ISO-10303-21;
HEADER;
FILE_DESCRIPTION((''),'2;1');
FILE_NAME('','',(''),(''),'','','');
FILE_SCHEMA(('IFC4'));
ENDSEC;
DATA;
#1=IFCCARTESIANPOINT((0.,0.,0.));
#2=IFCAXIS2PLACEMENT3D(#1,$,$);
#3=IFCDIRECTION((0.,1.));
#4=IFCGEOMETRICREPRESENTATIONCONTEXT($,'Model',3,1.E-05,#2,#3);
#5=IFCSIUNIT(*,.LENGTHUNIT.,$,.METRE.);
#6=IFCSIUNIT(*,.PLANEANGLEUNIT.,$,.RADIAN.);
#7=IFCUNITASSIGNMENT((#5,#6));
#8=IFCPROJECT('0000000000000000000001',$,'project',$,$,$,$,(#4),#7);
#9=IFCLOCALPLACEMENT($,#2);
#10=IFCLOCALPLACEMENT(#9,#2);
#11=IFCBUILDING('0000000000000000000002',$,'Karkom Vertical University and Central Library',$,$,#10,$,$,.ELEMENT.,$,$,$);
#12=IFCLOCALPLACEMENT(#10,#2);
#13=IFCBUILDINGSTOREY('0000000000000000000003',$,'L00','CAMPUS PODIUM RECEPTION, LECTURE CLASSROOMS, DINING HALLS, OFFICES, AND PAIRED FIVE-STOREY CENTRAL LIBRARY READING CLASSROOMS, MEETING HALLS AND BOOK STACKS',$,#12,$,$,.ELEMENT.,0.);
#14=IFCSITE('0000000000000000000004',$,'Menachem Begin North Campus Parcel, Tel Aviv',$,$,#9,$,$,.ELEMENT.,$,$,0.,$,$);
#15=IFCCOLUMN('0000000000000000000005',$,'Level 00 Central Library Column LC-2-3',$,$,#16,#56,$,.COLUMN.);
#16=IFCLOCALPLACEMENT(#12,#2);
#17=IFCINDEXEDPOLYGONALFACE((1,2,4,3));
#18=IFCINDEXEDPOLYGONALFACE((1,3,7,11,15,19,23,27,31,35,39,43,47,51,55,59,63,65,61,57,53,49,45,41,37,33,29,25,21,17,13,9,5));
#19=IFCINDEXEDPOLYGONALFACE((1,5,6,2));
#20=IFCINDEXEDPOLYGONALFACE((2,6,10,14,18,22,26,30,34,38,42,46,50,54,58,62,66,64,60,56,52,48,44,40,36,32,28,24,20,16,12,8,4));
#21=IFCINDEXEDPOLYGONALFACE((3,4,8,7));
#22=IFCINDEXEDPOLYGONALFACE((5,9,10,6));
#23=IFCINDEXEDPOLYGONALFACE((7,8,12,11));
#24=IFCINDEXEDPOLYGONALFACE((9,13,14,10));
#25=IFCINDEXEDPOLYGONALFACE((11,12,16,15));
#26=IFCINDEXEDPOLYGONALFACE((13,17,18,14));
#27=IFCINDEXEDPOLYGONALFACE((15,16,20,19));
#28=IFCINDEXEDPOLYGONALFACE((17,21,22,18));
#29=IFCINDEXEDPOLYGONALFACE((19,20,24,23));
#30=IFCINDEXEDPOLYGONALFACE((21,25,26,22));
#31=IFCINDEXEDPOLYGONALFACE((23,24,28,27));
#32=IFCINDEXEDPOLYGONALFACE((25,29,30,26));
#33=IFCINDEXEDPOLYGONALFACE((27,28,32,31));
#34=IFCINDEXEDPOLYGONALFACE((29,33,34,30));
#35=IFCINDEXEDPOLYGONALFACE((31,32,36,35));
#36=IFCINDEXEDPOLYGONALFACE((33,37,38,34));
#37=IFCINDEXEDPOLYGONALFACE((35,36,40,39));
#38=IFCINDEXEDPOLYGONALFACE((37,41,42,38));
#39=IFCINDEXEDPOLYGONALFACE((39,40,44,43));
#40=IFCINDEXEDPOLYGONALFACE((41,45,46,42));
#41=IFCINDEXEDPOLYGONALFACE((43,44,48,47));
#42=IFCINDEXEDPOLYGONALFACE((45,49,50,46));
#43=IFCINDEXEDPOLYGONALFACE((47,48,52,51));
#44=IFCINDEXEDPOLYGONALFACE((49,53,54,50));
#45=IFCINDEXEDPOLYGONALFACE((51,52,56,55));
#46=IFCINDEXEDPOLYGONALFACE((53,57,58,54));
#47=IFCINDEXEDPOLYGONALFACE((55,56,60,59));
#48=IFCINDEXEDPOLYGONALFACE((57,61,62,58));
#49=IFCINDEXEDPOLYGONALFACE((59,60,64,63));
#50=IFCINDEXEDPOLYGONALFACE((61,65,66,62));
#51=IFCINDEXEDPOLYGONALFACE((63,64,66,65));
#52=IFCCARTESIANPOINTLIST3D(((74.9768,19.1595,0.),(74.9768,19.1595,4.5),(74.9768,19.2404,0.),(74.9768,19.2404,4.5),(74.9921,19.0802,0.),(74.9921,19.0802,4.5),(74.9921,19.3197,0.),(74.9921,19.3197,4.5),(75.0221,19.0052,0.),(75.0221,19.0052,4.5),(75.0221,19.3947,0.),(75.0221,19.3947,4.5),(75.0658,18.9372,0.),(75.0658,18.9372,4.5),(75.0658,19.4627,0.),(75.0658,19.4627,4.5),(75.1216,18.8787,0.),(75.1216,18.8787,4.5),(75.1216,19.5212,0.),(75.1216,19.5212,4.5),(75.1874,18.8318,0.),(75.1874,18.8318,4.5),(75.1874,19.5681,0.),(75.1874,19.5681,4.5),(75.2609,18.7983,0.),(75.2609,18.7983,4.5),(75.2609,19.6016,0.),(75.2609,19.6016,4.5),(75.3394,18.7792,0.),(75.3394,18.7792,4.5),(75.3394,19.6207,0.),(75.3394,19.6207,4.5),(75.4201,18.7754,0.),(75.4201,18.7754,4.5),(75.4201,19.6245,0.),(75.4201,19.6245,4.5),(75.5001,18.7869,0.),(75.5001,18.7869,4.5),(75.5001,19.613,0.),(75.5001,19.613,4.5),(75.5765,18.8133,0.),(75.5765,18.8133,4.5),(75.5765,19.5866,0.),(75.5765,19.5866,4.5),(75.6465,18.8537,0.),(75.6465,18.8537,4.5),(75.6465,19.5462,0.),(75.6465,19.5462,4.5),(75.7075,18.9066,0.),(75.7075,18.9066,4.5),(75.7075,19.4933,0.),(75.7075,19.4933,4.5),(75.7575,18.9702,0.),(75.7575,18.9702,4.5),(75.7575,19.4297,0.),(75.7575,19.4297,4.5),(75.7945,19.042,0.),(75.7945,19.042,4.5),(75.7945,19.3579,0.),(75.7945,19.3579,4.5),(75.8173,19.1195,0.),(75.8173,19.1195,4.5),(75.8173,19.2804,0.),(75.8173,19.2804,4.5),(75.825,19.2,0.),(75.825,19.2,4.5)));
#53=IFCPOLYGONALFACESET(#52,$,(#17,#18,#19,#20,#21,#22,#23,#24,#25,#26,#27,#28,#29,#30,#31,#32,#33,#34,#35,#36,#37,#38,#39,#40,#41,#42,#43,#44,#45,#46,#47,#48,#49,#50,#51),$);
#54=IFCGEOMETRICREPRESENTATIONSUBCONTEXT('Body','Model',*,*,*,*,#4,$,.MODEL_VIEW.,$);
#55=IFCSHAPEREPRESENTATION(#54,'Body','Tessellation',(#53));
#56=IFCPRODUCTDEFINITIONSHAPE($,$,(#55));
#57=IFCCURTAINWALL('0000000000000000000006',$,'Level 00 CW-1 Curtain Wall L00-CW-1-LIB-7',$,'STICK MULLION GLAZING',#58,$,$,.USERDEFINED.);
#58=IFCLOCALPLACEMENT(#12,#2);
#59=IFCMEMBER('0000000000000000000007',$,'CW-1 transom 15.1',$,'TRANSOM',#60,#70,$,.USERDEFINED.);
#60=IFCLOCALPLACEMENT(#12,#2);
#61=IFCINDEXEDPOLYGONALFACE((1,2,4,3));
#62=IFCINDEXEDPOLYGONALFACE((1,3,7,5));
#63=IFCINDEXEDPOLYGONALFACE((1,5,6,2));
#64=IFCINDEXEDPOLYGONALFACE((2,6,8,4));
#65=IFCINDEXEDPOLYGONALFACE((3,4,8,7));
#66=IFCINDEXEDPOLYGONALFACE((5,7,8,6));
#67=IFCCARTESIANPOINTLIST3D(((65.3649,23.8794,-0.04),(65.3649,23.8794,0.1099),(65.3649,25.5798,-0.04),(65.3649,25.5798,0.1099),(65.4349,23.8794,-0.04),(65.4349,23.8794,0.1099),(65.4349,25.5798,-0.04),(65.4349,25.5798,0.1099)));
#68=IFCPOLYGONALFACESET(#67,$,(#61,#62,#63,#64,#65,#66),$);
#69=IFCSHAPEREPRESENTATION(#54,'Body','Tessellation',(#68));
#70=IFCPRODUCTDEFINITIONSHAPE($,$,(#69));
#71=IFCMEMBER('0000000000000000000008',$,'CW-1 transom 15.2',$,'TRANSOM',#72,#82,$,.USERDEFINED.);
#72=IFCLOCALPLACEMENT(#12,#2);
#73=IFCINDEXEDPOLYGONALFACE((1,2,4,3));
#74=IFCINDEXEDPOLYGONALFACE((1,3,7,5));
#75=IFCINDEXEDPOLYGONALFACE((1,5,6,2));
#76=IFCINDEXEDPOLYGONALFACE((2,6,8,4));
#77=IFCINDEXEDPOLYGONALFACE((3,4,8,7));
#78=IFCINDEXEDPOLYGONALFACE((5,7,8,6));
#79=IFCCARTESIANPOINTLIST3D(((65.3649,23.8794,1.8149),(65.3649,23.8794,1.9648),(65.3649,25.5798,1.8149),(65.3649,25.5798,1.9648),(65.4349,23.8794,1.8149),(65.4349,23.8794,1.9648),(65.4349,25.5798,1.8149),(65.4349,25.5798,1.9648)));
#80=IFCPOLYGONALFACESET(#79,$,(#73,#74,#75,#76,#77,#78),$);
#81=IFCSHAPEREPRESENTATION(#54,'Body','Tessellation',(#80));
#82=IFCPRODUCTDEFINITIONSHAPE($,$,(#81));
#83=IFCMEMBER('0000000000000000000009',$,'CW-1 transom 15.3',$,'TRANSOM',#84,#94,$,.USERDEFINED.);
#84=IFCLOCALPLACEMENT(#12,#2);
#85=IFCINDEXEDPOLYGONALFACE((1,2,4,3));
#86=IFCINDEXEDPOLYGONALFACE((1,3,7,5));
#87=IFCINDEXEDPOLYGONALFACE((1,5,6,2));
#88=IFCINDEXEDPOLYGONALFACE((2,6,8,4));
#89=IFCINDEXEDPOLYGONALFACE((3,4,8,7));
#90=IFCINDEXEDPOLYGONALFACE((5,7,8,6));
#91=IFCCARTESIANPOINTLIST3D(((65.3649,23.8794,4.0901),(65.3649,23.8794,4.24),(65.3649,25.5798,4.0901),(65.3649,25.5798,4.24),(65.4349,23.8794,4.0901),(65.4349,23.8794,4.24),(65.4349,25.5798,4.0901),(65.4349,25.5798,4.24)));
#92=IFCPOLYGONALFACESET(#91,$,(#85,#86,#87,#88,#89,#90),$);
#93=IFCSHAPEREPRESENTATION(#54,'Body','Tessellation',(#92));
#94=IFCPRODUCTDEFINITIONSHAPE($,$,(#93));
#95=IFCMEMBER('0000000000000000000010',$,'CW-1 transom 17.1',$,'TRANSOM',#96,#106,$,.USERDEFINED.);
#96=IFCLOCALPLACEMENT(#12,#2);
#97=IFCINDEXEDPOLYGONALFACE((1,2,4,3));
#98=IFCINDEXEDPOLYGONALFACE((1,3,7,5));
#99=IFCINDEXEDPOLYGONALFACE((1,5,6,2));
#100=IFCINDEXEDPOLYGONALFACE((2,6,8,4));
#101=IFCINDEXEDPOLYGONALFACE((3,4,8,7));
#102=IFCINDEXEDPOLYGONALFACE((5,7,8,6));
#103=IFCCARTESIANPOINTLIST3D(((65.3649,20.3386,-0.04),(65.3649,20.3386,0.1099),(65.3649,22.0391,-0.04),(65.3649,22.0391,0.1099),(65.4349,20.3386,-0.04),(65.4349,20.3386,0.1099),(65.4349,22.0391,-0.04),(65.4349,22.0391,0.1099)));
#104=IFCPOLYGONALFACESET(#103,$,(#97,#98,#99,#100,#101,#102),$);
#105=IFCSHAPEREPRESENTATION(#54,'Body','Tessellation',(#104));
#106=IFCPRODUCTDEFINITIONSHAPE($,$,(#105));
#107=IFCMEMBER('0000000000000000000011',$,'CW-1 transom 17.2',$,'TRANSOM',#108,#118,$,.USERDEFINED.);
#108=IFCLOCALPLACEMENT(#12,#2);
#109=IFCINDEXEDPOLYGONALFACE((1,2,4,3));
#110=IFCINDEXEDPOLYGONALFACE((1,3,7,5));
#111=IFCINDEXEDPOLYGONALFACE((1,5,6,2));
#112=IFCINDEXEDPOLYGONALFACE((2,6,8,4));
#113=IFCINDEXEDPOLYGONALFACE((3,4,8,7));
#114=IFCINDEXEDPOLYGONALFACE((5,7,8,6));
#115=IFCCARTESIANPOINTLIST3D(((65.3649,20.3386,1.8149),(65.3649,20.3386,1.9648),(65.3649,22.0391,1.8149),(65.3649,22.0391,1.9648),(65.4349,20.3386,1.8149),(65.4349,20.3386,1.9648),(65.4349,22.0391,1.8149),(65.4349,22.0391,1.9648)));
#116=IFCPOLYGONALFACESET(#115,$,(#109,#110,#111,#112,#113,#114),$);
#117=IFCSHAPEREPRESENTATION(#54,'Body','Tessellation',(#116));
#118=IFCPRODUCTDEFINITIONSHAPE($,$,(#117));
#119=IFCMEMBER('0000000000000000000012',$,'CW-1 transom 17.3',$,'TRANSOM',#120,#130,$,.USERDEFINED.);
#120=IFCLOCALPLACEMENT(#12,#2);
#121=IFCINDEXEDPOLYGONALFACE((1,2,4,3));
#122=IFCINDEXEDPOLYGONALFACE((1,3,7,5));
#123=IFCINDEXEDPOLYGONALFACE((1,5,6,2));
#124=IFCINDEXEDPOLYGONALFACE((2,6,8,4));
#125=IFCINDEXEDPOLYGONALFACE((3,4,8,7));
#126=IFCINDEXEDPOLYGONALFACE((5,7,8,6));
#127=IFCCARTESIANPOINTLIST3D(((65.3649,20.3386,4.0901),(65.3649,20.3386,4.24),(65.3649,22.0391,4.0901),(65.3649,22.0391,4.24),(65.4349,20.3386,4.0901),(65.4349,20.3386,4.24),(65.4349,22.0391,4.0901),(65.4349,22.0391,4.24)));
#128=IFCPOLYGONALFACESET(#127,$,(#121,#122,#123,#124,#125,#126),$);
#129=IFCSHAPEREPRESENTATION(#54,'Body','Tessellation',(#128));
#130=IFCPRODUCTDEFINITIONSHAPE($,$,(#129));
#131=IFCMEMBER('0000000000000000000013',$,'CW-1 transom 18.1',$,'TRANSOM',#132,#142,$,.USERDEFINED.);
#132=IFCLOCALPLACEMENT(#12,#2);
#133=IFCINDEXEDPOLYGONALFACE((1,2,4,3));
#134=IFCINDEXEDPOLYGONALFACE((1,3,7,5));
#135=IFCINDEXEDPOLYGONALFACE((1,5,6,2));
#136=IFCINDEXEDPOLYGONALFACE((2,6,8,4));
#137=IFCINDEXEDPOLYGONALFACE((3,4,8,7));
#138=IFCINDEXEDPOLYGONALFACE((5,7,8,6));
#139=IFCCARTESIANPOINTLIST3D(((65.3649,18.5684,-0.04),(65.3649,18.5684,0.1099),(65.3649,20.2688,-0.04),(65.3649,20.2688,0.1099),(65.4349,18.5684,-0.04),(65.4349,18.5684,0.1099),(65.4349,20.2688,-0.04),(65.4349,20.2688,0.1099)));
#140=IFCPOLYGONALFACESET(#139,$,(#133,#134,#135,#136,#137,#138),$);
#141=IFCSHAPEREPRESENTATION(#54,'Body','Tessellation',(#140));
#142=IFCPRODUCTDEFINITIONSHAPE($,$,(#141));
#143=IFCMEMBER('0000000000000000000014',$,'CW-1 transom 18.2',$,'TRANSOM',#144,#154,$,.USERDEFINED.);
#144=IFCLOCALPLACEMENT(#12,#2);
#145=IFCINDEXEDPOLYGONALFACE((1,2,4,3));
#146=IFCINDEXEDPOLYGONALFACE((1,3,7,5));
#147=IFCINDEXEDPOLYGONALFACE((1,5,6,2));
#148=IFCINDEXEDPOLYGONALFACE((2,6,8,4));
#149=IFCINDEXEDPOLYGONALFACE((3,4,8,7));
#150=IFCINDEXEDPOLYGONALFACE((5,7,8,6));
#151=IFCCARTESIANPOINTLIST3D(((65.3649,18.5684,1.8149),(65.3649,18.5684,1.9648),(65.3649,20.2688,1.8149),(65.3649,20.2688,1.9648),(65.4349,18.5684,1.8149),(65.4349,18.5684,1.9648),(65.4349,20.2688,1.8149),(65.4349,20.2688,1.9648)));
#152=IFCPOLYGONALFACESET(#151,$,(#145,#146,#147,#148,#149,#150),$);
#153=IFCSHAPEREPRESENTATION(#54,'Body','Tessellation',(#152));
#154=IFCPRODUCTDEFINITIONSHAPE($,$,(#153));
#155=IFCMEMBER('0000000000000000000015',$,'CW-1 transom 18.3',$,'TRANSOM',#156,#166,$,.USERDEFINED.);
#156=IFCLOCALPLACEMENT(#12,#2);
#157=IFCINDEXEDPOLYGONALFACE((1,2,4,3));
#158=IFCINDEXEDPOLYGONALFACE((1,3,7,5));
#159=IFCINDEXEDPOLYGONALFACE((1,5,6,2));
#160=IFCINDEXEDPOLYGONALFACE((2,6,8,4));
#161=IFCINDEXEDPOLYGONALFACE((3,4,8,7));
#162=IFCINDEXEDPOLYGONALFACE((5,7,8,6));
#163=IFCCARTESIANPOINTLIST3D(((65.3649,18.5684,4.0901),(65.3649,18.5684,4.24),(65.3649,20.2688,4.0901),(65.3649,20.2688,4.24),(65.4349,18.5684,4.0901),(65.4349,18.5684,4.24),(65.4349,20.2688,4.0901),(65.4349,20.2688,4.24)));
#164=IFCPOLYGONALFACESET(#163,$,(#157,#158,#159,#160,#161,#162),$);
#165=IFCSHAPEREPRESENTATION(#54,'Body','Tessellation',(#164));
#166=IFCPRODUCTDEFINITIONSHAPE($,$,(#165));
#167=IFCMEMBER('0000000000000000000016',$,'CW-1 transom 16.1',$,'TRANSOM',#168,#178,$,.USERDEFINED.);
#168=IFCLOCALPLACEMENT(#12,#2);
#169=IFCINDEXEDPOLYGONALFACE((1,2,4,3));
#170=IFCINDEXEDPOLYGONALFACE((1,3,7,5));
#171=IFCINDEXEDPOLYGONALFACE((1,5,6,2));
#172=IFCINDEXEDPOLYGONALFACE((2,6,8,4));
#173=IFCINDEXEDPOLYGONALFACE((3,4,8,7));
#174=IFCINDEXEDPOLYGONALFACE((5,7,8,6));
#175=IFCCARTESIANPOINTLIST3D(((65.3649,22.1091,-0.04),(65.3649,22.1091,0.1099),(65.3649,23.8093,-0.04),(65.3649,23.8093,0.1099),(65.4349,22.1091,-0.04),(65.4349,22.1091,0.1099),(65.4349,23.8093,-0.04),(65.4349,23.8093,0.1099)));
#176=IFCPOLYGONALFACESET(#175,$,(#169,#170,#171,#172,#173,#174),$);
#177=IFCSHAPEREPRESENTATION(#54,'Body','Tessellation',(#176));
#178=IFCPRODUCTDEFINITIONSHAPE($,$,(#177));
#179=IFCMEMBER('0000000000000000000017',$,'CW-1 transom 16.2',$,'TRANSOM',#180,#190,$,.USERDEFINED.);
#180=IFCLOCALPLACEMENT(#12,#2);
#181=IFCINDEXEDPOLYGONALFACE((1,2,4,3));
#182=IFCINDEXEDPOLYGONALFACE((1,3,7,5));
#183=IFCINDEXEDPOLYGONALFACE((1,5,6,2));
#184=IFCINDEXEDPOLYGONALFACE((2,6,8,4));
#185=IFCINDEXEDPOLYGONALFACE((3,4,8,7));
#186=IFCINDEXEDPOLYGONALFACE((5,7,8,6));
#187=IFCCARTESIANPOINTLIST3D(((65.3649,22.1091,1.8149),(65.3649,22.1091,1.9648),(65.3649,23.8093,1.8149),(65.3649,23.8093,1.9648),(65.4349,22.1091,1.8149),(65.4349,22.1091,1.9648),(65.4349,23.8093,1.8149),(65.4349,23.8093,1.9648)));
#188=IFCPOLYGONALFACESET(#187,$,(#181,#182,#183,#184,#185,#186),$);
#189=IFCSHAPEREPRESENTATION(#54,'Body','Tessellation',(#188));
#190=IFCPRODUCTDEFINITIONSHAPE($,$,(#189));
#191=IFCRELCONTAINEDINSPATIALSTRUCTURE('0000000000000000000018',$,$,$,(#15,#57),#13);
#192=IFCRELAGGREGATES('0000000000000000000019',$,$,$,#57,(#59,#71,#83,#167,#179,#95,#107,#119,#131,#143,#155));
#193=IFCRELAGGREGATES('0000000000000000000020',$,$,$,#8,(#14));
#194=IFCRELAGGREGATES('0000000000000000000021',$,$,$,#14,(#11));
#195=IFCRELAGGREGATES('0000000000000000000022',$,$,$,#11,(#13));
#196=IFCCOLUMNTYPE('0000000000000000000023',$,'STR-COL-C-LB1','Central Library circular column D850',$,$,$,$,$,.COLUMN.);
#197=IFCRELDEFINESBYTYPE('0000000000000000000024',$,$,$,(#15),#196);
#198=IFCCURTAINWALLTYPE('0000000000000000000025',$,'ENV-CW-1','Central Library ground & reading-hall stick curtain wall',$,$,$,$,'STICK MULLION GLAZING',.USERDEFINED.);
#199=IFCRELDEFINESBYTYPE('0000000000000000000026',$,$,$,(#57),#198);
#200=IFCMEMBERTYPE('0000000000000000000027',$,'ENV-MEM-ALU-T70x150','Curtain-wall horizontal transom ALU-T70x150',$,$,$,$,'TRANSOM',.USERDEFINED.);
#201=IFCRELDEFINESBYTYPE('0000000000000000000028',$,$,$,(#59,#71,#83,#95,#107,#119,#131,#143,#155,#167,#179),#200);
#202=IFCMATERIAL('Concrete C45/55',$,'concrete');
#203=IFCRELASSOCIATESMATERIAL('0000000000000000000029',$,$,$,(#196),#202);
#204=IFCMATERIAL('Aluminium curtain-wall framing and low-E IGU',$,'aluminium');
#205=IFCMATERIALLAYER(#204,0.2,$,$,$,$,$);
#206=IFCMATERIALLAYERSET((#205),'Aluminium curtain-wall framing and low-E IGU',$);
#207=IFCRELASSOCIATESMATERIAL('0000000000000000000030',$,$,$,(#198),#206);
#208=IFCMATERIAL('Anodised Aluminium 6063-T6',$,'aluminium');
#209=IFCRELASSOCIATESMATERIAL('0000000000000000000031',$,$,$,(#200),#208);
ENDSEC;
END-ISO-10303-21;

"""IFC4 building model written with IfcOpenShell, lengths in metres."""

from ifc_helpers import new_model, si_unit, direction, frame, origin, origin_with_axes, origin_2d, place, context, subcontext, project, spatial, rectangle, circle, extrude, source, transform, mapped, material, layer, layer_set, material_profile, profile_set, type_object, element, aggregate, save


model = new_model("IFC4")

# Units and contexts
model_context = context("Model", 3, precision=1e-05, world=origin(), true_north=direction((0.0, 1.0)))
body_context = subcontext(model_context, "Body", "Model", "MODEL_VIEW")
ifc_project = project(units=[si_unit("LENGTHUNIT", "METRE"), si_unit("PLANEANGLEUNIT", "RADIAN")], contexts=[model_context])

# Site, building, storey
site_placement = place(None, origin())
site = spatial("IfcSite", under=ifc_project, at=site_placement, Name="Menachem Begin North Campus Parcel, Tel Aviv", CompositionType="ELEMENT", RefElevation=0.0)
building_placement = place(site_placement, origin())
building = spatial("IfcBuilding", under=site, at=building_placement, Name="Karkom Vertical University and Central Library", CompositionType="ELEMENT")
storey_placement = place(building_placement, origin())
storey = spatial("IfcBuildingStorey", under=building, at=storey_placement, Name="L00", Description="CAMPUS PODIUM RECEPTION, LECTURE CLASSROOMS, DINING HALLS, OFFICES, AND PAIRED FIVE-STOREY CENTRAL LIBRARY READING CLASSROOMS, MEETING HALLS AND BOOK STACKS", CompositionType="ELEMENT", Elevation=0.0)

# Column
ifc_material_1 = material(Name="Concrete C45/55", Category="concrete")
ifc_material_profile_1 = material_profile(ifc_material_1, circle(Radius=0.425, at=origin_2d()), Name="RC-D850")
ifc_profile_set_1 = profile_set([ifc_material_profile_1], Name="Concrete C45/55")
column_type = type_object("IfcColumnType", Name="STR-COL-C-LB1", Description="Central Library circular column D850", PredefinedType="COLUMN", material=ifc_profile_set_1)
shared_shape_1 = source(origin_with_axes(), body_context, "Body", "SweptSolid", [
    extrude(circle(Radius=0.425, at=origin_2d()), origin(), (0.0, 0.0, 1.0), 4.5),
])
column_placement = place(storey_placement, frame((75.3999, 19.2, 0.0), z_axis=(0.0, 0.0, 1.0), x_axis=(1.0, 0.0, 0.0)))
element("IfcColumn", 1, at=column_placement, inside=storey, type_object=column_type, Name="Level 00 Central Library Column LC-2-3", PredefinedType="COLUMN", context=body_context, shape_type="MappedRepresentation", body=[
    mapped(shared_shape_1, transform((0.0, 0.0, 0.0), scale=1.0)),
])

# Curtain wall, members
ifc_material_2 = material(Name="Aluminium curtain-wall framing and low-E IGU", Category="aluminium")
ifc_layer_1 = layer(ifc_material_2, 0.2)
ifc_layer_set_1 = layer_set([ifc_layer_1], Name="Aluminium curtain-wall framing and low-E IGU")
curtain_wall_type = type_object("IfcCurtainWallType", Name="ENV-CW-1", Description="Central Library ground & reading-hall stick curtain wall", ElementType="STICK MULLION GLAZING", PredefinedType="USERDEFINED", material=ifc_layer_set_1)
curtain_wall_placement = place(storey_placement, origin())
curtain_wall = element("IfcCurtainWall", 2, at=curtain_wall_placement, inside=storey, type_object=curtain_wall_type, Name="Level 00 CW-1 Curtain Wall L00-CW-1-LIB-7", ObjectType="STICK MULLION GLAZING", PredefinedType="USERDEFINED")
ifc_material_3 = material(Name="Anodised Aluminium 6063-T6", Category="aluminium")
ifc_material_profile_2 = material_profile(ifc_material_3, rectangle(XDim=0.0701, YDim=0.1499, at=origin_2d()), Name="ALU-T70x150")
ifc_profile_set_2 = profile_set([ifc_material_profile_2], Name="Anodised Aluminium 6063-T6")
member_type_1 = type_object("IfcMemberType", Name="ENV-MEM-ALU-T70x150", Description="Curtain-wall horizontal transom ALU-T70x150", ElementType="TRANSOM", PredefinedType="USERDEFINED", material=ifc_profile_set_2)
shared_shape_2 = source(origin_with_axes(), body_context, "Body", "SweptSolid", [
    extrude(rectangle(XDim=0.0701, YDim=0.1499, at=origin_2d()), origin(), (0.0, 0.0, 1.0), 1.7004),
])
member_1_placement = place(storey_placement, frame((65.3999, 25.5798, 0.0349), z_axis=(0.0, -1.0, 0.0), x_axis=(1.0, 0.0, 0.0)))
member_1 = element("IfcMember", 3, at=member_1_placement, type_object=member_type_1, Name="CW-1 transom 15.1", ObjectType="TRANSOM", PredefinedType="USERDEFINED", context=body_context, shape_type="MappedRepresentation", body=[
    mapped(shared_shape_2, transform((0.0, 0.0, 0.0), scale=1.0)),
])
member_2_placement = place(storey_placement, frame((65.3999, 25.5798, 1.8899), z_axis=(0.0, -1.0, 0.0), x_axis=(1.0, 0.0, 0.0)))
member_2 = element("IfcMember", 4, at=member_2_placement, type_object=member_type_1, Name="CW-1 transom 15.2", ObjectType="TRANSOM", PredefinedType="USERDEFINED", context=body_context, shape_type="MappedRepresentation", body=[
    mapped(shared_shape_2, transform((0.0, 0.0, 0.0), scale=1.0)),
])
member_3_placement = place(storey_placement, frame((65.3999, 25.5798, 4.165), z_axis=(0.0, -1.0, 0.0), x_axis=(1.0, 0.0, 0.0)))
member_3 = element("IfcMember", 5, at=member_3_placement, type_object=member_type_1, Name="CW-1 transom 15.3", ObjectType="TRANSOM", PredefinedType="USERDEFINED", context=body_context, shape_type="MappedRepresentation", body=[
    mapped(shared_shape_2, transform((0.0, 0.0, 0.0), scale=1.0)),
])
member_4_placement = place(storey_placement, frame((65.3999, 22.0391, 0.0349), z_axis=(0.0, -1.0, 0.0), x_axis=(1.0, 0.0, 0.0)))
member_4 = element("IfcMember", 6, at=member_4_placement, type_object=member_type_1, Name="CW-1 transom 17.1", ObjectType="TRANSOM", PredefinedType="USERDEFINED", context=body_context, shape_type="MappedRepresentation", body=[
    mapped(shared_shape_2, transform((0.0, 0.0, 0.0), scale=1.0)),
])
member_5_placement = place(storey_placement, frame((65.3999, 22.0391, 1.8899), z_axis=(0.0, -1.0, 0.0), x_axis=(1.0, 0.0, 0.0)))
member_5 = element("IfcMember", 7, at=member_5_placement, type_object=member_type_1, Name="CW-1 transom 17.2", ObjectType="TRANSOM", PredefinedType="USERDEFINED", context=body_context, shape_type="MappedRepresentation", body=[
    mapped(shared_shape_2, transform((0.0, 0.0, 0.0), scale=1.0)),
])
member_6_placement = place(storey_placement, frame((65.3999, 22.0391, 4.165), z_axis=(0.0, -1.0, 0.0), x_axis=(1.0, 0.0, 0.0)))
member_6 = element("IfcMember", 8, at=member_6_placement, type_object=member_type_1, Name="CW-1 transom 17.3", ObjectType="TRANSOM", PredefinedType="USERDEFINED", context=body_context, shape_type="MappedRepresentation", body=[
    mapped(shared_shape_2, transform((0.0, 0.0, 0.0), scale=1.0)),
])
member_7_placement = place(storey_placement, frame((65.3999, 20.2688, 0.0349), z_axis=(0.0, -1.0, 0.0), x_axis=(1.0, 0.0, 0.0)))
member_7 = element("IfcMember", 9, at=member_7_placement, type_object=member_type_1, Name="CW-1 transom 18.1", ObjectType="TRANSOM", PredefinedType="USERDEFINED", context=body_context, shape_type="MappedRepresentation", body=[
    mapped(shared_shape_2, transform((0.0, 0.0, 0.0), scale=1.0)),
])
member_8_placement = place(storey_placement, frame((65.3999, 20.2688, 1.8899), z_axis=(0.0, -1.0, 0.0), x_axis=(1.0, 0.0, 0.0)))
member_8 = element("IfcMember", 10, at=member_8_placement, type_object=member_type_1, Name="CW-1 transom 18.2", ObjectType="TRANSOM", PredefinedType="USERDEFINED", context=body_context, shape_type="MappedRepresentation", body=[
    mapped(shared_shape_2, transform((0.0, 0.0, 0.0), scale=1.0)),
])
member_9_placement = place(storey_placement, frame((65.3999, 20.2688, 4.165), z_axis=(0.0, -1.0, 0.0), x_axis=(1.0, 0.0, 0.0)))
member_9 = element("IfcMember", 11, at=member_9_placement, type_object=member_type_1, Name="CW-1 transom 18.3", ObjectType="TRANSOM", PredefinedType="USERDEFINED", context=body_context, shape_type="MappedRepresentation", body=[
    mapped(shared_shape_2, transform((0.0, 0.0, 0.0), scale=1.0)),
])
shared_shape_3 = source(origin_with_axes(), body_context, "Body", "SweptSolid", [
    extrude(rectangle(XDim=0.0701, YDim=0.1499, at=origin_2d()), origin(), (0.0, 0.0, 1.0), 1.7002),
])
member_10_placement = place(storey_placement, frame((65.3999, 23.8093, 0.0349), z_axis=(0.0, -1.0, 0.0), x_axis=(1.0, 0.0, 0.0)))
member_10 = element("IfcMember", 12, at=member_10_placement, type_object=member_type_1, Name="CW-1 transom 16.1", ObjectType="TRANSOM", PredefinedType="USERDEFINED", context=body_context, shape_type="MappedRepresentation", body=[
    mapped(shared_shape_3, transform((0.0, 0.0, 0.0), scale=1.0)),
])
member_11_placement = place(storey_placement, frame((65.3999, 23.8093, 1.8899), z_axis=(0.0, -1.0, 0.0), x_axis=(1.0, 0.0, 0.0)))
member_11 = element("IfcMember", 13, at=member_11_placement, type_object=member_type_1, Name="CW-1 transom 16.2", ObjectType="TRANSOM", PredefinedType="USERDEFINED", context=body_context, shape_type="MappedRepresentation", body=[
    mapped(shared_shape_3, transform((0.0, 0.0, 0.0), scale=1.0)),
])
aggregate(curtain_wall, [member_1, member_2, member_3, member_10, member_11, member_4, member_5, member_6, member_7, member_8, member_9])

save(model, "model.ifc")
